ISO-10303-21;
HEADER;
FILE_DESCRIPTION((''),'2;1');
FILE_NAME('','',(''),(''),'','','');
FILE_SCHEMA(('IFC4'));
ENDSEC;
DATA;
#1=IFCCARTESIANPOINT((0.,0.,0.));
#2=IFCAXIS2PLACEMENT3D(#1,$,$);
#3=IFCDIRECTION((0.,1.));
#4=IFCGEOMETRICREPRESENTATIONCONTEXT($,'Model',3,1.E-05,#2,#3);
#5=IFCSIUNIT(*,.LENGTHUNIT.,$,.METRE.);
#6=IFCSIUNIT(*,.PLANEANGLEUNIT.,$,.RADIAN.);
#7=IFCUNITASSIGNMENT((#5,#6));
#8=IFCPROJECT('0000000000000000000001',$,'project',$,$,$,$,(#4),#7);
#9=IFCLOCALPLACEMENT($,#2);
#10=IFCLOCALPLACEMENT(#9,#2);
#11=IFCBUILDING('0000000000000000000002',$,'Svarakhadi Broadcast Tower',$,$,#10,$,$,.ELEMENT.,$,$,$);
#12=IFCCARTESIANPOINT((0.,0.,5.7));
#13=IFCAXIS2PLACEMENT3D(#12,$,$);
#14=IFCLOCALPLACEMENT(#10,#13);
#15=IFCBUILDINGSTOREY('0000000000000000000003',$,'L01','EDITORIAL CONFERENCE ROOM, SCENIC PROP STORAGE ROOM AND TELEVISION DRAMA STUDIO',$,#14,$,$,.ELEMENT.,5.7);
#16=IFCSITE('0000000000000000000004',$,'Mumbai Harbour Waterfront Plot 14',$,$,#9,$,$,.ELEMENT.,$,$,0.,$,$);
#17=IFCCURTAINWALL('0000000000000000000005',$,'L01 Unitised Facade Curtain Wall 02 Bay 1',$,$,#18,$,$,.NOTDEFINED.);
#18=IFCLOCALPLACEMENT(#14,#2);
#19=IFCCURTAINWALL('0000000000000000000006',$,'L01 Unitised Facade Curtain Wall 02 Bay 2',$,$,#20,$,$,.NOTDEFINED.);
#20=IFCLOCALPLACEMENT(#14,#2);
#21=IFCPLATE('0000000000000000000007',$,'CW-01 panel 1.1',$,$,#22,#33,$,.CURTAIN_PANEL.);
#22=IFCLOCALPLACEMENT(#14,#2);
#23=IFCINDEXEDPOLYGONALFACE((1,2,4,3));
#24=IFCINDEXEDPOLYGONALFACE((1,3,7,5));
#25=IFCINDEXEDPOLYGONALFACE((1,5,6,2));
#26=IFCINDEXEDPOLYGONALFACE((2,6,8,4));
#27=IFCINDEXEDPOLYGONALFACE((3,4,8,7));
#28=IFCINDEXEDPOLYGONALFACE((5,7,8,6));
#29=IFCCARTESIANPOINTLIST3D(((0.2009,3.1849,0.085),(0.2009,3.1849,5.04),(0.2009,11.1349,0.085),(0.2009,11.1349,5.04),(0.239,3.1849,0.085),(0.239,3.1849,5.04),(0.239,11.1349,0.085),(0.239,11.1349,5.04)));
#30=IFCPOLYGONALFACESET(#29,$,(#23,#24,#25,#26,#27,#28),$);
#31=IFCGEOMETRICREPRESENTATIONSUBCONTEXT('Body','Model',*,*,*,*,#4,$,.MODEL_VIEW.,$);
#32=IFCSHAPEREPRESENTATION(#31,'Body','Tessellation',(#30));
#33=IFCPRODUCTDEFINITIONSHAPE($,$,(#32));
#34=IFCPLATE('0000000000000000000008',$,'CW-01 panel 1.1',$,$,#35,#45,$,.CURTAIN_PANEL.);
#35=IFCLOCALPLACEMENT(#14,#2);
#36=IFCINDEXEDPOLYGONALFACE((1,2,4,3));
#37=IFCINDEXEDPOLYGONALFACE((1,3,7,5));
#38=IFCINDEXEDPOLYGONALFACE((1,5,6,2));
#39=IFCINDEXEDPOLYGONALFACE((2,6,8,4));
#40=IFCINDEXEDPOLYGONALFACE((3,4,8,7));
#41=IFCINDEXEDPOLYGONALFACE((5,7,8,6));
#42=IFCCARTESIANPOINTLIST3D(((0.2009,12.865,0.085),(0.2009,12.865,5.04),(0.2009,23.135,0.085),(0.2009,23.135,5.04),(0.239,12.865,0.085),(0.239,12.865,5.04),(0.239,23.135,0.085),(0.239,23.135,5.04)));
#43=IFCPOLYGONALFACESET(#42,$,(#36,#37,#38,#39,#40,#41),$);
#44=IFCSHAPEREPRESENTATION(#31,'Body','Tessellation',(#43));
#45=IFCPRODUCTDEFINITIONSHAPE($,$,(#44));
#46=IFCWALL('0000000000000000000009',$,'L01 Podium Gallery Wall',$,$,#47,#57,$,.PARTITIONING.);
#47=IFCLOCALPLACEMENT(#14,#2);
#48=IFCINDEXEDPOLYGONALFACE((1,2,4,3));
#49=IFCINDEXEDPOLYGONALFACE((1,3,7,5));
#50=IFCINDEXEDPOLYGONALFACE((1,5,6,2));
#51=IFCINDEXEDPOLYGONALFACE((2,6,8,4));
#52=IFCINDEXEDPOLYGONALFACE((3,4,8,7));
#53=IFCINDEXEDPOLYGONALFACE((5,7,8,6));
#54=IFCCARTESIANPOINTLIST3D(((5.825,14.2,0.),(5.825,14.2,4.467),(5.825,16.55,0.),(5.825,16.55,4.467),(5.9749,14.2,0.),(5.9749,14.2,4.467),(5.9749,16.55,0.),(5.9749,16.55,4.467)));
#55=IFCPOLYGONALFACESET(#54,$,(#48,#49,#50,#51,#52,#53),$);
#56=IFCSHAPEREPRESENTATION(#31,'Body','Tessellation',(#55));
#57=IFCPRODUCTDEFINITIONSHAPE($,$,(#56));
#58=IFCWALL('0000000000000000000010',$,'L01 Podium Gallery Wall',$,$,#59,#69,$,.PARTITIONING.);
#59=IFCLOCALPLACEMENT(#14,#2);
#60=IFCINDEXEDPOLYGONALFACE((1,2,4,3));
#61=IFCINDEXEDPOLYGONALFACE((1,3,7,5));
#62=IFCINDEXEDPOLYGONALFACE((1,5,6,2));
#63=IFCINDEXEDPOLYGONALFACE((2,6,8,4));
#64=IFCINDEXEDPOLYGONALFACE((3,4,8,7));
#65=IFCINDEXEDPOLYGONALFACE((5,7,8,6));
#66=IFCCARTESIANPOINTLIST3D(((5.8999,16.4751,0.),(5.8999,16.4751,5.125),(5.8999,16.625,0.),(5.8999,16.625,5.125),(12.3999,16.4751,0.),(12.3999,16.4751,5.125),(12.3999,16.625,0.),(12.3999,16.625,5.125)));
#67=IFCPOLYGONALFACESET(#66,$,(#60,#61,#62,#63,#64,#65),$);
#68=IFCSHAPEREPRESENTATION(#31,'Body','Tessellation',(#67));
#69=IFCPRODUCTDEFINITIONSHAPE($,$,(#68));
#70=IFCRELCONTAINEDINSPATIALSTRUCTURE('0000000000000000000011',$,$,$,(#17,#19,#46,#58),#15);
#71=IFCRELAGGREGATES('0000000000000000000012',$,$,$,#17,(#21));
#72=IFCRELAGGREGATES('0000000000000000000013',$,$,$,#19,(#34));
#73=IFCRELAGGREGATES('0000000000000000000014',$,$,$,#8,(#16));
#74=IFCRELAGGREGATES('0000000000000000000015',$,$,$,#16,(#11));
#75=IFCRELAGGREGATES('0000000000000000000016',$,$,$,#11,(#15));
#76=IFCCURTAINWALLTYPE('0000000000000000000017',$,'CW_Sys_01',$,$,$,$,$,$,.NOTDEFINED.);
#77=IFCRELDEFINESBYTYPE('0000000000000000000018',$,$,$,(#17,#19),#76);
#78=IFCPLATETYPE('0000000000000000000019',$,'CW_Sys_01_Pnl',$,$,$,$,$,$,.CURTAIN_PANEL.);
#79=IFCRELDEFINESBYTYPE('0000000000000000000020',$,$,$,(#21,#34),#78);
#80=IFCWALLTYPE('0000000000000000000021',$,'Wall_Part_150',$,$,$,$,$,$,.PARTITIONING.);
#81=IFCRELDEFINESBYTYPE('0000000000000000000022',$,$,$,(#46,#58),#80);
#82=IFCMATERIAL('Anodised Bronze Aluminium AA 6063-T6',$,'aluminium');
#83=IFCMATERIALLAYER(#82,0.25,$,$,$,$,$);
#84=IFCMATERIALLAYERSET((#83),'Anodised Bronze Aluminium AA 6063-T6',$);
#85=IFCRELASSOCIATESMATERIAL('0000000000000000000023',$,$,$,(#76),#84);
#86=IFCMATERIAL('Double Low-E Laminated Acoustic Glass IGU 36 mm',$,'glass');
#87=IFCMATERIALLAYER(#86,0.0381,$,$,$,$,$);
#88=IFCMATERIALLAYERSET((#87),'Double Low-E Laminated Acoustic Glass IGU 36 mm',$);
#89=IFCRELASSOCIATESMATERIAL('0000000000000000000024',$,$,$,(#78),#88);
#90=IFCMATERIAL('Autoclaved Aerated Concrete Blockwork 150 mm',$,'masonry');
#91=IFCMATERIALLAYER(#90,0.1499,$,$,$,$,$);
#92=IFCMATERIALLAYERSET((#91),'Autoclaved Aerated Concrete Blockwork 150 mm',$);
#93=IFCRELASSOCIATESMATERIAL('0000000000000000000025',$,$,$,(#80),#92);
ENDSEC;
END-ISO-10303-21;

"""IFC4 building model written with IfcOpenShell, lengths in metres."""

from ifc_helpers import new_model, si_unit, direction, frame, frame_2d, origin, origin_2d, place, context, subcontext, project, spatial, rectangle, extrude, material, layer, layer_set, type_object, element, aggregate, save


model = new_model("IFC4")

# Units and contexts
model_context = context("Model", 3, precision=1e-05, world=origin(), true_north=direction((0.0, 1.0)))
body_context = subcontext(model_context, "Body", "Model", "MODEL_VIEW")
ifc_project = project(units=[si_unit("LENGTHUNIT", "METRE"), si_unit("PLANEANGLEUNIT", "RADIAN")], contexts=[model_context])

# Site, building, storey
site_placement = place(None, origin())
site = spatial("IfcSite", under=ifc_project, at=site_placement, Name="Mumbai Harbour Waterfront Plot 14", CompositionType="ELEMENT", RefElevation=0.0)
building_placement = place(site_placement, origin())
building = spatial("IfcBuilding", under=site, at=building_placement, Name="Svarakhadi Broadcast Tower", CompositionType="ELEMENT")
storey_placement = place(building_placement, frame((0.0, 0.0, 5.7)))
storey = spatial("IfcBuildingStorey", under=building, at=storey_placement, Name="L01", Description="EDITORIAL CONFERENCE ROOM, SCENIC PROP STORAGE ROOM AND TELEVISION DRAMA STUDIO", CompositionType="ELEMENT", Elevation=5.7)

# Curtain wall
ifc_material_1 = material(Name="Anodised Bronze Aluminium AA 6063-T6", Category="aluminium")
ifc_layer_1 = layer(ifc_material_1, 0.25)
ifc_layer_set_1 = layer_set([ifc_layer_1], Name="Anodised Bronze Aluminium AA 6063-T6")
curtain_wall_type = type_object("IfcCurtainWallType", Name="CW_Sys_01", PredefinedType="NOTDEFINED", material=ifc_layer_set_1)
curtain_wall_1_placement = place(storey_placement, origin())
curtain_wall_1 = element("IfcCurtainWall", 1, at=curtain_wall_1_placement, inside=storey, type_object=curtain_wall_type, Name="L01 Unitised Facade Curtain Wall 02 Bay 1", PredefinedType="NOTDEFINED")

# Curtain wall
curtain_wall_2_placement = place(storey_placement, origin())
curtain_wall_2 = element("IfcCurtainWall", 2, at=curtain_wall_2_placement, inside=storey, type_object=curtain_wall_type, Name="L01 Unitised Facade Curtain Wall 02 Bay 2", PredefinedType="NOTDEFINED")

# Plates
ifc_material_2 = material(Name="Double Low-E Laminated Acoustic Glass IGU 36 mm", Category="glass")
ifc_layer_2 = layer(ifc_material_2, 0.0381)
ifc_layer_set_2 = layer_set([ifc_layer_2], Name="Double Low-E Laminated Acoustic Glass IGU 36 mm")
plate_type = type_object("IfcPlateType", Name="CW_Sys_01_Pnl", PredefinedType="CURTAIN_PANEL", material=ifc_layer_set_2)
plate_1_placement = place(storey_placement, frame((0.22, 7.1599, 0.085), z_axis=(0.0, 0.0, 1.0), x_axis=(0.0, 1.0, 0.0)))
plate_1 = element("IfcPlate", 3, at=plate_1_placement, type_object=plate_type, Name="CW-01 panel 1.1", PredefinedType="CURTAIN_PANEL", context=body_context, shape_type="SweptSolid", body=[
    extrude(rectangle(XDim=7.95, YDim=0.0381, at=origin_2d()), origin(), (0.0, 0.0, 1.0), 4.9551),
])
aggregate(curtain_wall_1, [plate_1])
plate_2_placement = place(storey_placement, frame((0.22, 18.0, 0.085), z_axis=(0.0, 0.0, 1.0), x_axis=(0.0, 1.0, 0.0)))
plate_2 = element("IfcPlate", 4, at=plate_2_placement, type_object=plate_type, Name="CW-01 panel 1.1", PredefinedType="CURTAIN_PANEL", context=body_context, shape_type="SweptSolid", body=[
    extrude(rectangle(XDim=10.27, YDim=0.0381, at=origin_2d()), origin(), (0.0, 0.0, 1.0), 4.9551),
])
aggregate(curtain_wall_2, [plate_2])

# Walls
ifc_material_3 = material(Name="Autoclaved Aerated Concrete Blockwork 150 mm", Category="masonry")
ifc_layer_3 = layer(ifc_material_3, 0.1499)
ifc_layer_set_3 = layer_set([ifc_layer_3], Name="Autoclaved Aerated Concrete Blockwork 150 mm")
wall_type = type_object("IfcWallType", Name="Wall_Part_150", PredefinedType="PARTITIONING", material=ifc_layer_set_3)
wall_1_placement = place(storey_placement, frame((5.8999, 14.2, 0.0), z_axis=(0.0, 0.0, 1.0), x_axis=(0.0, 1.0, 0.0)))
element("IfcWall", 5, at=wall_1_placement, inside=storey, type_object=wall_type, Name="L01 Podium Gallery Wall", PredefinedType="PARTITIONING", context=body_context, shape_type="SweptSolid", body=[
    extrude(rectangle(XDim=2.3501, YDim=0.1499, at=frame_2d((1.175, 0.0))), origin(), (0.0, 0.0, 1.0), 4.467),
])
wall_2_placement = place(storey_placement, frame((5.8999, 16.55, 0.0), z_axis=(0.0, 0.0, 1.0), x_axis=(1.0, 0.0, 0.0)))
element("IfcWall", 6, at=wall_2_placement, inside=storey, type_object=wall_type, Name="L01 Podium Gallery Wall", PredefinedType="PARTITIONING", context=body_context, shape_type="SweptSolid", body=[
    extrude(rectangle(XDim=6.5, YDim=0.1499, at=frame_2d((3.25, 0.0))), origin(), (0.0, 0.0, 1.0), 5.125),
])

save(model, "model.ifc")
